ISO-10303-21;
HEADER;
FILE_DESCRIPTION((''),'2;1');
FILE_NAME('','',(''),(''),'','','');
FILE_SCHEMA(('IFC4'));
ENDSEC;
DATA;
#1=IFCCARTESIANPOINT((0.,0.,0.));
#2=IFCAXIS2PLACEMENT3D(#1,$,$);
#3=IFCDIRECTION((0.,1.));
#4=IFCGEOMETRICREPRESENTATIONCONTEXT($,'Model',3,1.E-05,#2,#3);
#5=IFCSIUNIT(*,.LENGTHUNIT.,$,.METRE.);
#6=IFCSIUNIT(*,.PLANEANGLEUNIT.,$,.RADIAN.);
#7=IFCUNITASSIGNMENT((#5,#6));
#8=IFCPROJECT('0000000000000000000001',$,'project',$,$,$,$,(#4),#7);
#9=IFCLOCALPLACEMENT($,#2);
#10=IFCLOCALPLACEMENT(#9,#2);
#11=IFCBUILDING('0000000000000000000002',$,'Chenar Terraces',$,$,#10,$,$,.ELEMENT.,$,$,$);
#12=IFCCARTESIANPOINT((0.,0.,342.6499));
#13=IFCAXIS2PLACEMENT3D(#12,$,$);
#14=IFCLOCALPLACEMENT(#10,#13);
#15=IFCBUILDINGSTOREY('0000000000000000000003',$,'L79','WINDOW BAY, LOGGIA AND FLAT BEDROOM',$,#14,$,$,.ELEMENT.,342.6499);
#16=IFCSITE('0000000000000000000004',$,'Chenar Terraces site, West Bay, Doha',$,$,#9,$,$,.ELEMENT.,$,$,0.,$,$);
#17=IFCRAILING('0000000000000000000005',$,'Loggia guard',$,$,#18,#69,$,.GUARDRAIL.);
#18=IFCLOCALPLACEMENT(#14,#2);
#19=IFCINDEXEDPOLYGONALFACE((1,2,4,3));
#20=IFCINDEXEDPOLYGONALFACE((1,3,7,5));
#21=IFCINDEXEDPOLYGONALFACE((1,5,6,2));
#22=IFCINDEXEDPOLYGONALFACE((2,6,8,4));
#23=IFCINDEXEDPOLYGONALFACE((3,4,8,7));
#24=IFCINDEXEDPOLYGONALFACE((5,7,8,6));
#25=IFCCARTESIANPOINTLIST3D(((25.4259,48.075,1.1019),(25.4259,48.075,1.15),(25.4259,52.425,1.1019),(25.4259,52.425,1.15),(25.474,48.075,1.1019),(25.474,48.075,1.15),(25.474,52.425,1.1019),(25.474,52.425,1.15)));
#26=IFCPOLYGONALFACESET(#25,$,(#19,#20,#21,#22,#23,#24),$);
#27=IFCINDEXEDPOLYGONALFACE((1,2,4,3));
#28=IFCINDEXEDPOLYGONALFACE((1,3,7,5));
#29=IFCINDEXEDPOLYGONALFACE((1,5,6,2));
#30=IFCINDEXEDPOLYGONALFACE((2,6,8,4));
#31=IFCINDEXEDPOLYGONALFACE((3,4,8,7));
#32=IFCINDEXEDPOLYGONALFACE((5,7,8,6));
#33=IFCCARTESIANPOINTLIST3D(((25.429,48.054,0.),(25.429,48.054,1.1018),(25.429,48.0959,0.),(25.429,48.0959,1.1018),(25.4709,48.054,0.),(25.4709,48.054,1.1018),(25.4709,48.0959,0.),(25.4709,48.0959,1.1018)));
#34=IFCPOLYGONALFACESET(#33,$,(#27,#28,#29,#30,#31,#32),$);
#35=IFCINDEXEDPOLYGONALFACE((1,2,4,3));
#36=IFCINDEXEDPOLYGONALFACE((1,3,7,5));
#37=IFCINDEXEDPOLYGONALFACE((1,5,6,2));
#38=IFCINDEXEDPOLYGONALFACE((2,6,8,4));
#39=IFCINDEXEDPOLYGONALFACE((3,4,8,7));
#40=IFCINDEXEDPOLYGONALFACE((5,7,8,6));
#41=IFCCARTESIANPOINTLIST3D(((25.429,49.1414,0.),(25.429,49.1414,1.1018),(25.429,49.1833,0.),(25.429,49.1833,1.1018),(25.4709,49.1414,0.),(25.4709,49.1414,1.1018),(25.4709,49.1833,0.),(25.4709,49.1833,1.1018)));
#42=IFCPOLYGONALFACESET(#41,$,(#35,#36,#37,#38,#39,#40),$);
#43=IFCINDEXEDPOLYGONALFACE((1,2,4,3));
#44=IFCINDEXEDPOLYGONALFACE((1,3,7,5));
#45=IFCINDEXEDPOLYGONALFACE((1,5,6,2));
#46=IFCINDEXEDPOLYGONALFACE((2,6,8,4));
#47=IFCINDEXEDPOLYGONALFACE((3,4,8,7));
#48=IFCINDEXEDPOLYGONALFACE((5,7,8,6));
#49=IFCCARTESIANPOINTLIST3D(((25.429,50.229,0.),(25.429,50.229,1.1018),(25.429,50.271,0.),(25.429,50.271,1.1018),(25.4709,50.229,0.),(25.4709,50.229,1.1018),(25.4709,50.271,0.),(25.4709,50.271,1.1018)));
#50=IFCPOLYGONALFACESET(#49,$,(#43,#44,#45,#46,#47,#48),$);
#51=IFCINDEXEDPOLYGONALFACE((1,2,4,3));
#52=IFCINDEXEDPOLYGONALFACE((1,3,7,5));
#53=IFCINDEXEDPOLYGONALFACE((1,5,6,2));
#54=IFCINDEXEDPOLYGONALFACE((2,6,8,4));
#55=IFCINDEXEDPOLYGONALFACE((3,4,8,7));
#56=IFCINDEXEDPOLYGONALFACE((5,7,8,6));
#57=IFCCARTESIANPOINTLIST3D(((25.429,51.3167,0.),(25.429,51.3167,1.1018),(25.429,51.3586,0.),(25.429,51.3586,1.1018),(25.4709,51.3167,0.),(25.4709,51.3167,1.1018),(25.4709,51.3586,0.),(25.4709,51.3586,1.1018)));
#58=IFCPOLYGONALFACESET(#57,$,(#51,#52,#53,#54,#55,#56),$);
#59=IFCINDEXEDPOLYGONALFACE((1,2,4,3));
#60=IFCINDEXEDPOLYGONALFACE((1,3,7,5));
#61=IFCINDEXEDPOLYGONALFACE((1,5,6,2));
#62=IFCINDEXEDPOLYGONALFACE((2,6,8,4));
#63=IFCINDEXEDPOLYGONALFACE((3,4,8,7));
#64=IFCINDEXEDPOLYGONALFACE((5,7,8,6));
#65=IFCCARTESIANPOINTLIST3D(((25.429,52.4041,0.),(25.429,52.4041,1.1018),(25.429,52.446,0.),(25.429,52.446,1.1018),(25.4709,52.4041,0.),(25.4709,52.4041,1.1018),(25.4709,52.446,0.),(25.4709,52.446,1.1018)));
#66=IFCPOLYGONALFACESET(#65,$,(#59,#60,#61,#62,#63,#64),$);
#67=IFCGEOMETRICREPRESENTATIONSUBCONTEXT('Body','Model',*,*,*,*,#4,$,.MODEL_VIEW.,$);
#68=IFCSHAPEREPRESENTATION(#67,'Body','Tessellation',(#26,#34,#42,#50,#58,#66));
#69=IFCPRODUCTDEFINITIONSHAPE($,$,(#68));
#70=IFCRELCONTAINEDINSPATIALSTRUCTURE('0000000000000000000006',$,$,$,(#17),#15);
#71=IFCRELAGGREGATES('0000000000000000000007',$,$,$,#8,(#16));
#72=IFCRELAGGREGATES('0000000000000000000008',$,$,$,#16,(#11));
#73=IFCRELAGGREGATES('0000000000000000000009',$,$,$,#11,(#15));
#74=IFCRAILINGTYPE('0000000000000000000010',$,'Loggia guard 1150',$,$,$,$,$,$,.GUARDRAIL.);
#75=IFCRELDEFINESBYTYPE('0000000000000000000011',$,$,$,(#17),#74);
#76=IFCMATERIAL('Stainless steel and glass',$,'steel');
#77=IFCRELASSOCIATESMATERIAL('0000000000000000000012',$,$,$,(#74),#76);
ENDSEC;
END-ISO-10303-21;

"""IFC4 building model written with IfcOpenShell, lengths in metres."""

from ifc_helpers import new_model, si_unit, direction, frame, origin, origin_2d, place, context, subcontext, project, spatial, rectangle, extrude, material, type_object, element, save


model = new_model("IFC4")

# Units and contexts
model_context = context("Model", 3, precision=1e-05, world=origin(), true_north=direction((0.0, 1.0)))
body_context = subcontext(model_context, "Body", "Model", "MODEL_VIEW")
ifc_project = project(units=[si_unit("LENGTHUNIT", "METRE"), si_unit("PLANEANGLEUNIT", "RADIAN")], contexts=[model_context])

# Site, building, storey
site_placement = place(None, origin())
site = spatial("IfcSite", under=ifc_project, at=site_placement, Name="Chenar Terraces site, West Bay, Doha", CompositionType="ELEMENT", RefElevation=0.0)
building_placement = place(site_placement, origin())
building = spatial("IfcBuilding", under=site, at=building_placement, Name="Chenar Terraces", CompositionType="ELEMENT")
storey_placement = place(building_placement, frame((0.0, 0.0, 342.6499)))
storey = spatial("IfcBuildingStorey", under=building, at=storey_placement, Name="L79", Description="WINDOW BAY, LOGGIA AND FLAT BEDROOM", CompositionType="ELEMENT", Elevation=342.6499)

# Railing
ifc_material_1 = material(Name="Stainless steel and glass", Category="steel")
railing_type_1 = type_object("IfcRailingType", Name="Loggia guard 1150", PredefinedType="GUARDRAIL", material=ifc_material_1)
railing_1_placement = place(storey_placement, frame((25.45, 48.075, 0.0)))
element("IfcRailing", 1, at=railing_1_placement, inside=storey, type_object=railing_type_1, Name="Loggia guard", PredefinedType="GUARDRAIL", context=body_context, shape_type="SweptSolid", body=[
    extrude(rectangle(XDim=0.0481, YDim=0.0481, at=origin_2d()), frame((0.0, 0.0, 1.126), z_axis=(0.0, 1.0, 0.0), x_axis=(-1.0, 0.0, 0.0)), (0.0, 0.0, 1.0), 4.3501),
    extrude(rectangle(XDim=0.042, YDim=0.042, at=origin_2d()), origin(), (0.0, 0.0, 1.0), 1.1018),
    extrude(rectangle(XDim=0.042, YDim=0.042, at=origin_2d()), frame((0.0, 1.0874, 0.0)), (0.0, 0.0, 1.0), 1.1018),
    extrude(rectangle(XDim=0.042, YDim=0.042, at=origin_2d()), frame((0.0, 2.175, 0.0)), (0.0, 0.0, 1.0), 1.1018),
    extrude(rectangle(XDim=0.042, YDim=0.042, at=origin_2d()), frame((0.0, 3.2627, 0.0)), (0.0, 0.0, 1.0), 1.1018),
    extrude(rectangle(XDim=0.042, YDim=0.042, at=origin_2d()), frame((0.0, 4.3501, 0.0)), (0.0, 0.0, 1.0), 1.1018),
])

save(model, "model.ifc")
